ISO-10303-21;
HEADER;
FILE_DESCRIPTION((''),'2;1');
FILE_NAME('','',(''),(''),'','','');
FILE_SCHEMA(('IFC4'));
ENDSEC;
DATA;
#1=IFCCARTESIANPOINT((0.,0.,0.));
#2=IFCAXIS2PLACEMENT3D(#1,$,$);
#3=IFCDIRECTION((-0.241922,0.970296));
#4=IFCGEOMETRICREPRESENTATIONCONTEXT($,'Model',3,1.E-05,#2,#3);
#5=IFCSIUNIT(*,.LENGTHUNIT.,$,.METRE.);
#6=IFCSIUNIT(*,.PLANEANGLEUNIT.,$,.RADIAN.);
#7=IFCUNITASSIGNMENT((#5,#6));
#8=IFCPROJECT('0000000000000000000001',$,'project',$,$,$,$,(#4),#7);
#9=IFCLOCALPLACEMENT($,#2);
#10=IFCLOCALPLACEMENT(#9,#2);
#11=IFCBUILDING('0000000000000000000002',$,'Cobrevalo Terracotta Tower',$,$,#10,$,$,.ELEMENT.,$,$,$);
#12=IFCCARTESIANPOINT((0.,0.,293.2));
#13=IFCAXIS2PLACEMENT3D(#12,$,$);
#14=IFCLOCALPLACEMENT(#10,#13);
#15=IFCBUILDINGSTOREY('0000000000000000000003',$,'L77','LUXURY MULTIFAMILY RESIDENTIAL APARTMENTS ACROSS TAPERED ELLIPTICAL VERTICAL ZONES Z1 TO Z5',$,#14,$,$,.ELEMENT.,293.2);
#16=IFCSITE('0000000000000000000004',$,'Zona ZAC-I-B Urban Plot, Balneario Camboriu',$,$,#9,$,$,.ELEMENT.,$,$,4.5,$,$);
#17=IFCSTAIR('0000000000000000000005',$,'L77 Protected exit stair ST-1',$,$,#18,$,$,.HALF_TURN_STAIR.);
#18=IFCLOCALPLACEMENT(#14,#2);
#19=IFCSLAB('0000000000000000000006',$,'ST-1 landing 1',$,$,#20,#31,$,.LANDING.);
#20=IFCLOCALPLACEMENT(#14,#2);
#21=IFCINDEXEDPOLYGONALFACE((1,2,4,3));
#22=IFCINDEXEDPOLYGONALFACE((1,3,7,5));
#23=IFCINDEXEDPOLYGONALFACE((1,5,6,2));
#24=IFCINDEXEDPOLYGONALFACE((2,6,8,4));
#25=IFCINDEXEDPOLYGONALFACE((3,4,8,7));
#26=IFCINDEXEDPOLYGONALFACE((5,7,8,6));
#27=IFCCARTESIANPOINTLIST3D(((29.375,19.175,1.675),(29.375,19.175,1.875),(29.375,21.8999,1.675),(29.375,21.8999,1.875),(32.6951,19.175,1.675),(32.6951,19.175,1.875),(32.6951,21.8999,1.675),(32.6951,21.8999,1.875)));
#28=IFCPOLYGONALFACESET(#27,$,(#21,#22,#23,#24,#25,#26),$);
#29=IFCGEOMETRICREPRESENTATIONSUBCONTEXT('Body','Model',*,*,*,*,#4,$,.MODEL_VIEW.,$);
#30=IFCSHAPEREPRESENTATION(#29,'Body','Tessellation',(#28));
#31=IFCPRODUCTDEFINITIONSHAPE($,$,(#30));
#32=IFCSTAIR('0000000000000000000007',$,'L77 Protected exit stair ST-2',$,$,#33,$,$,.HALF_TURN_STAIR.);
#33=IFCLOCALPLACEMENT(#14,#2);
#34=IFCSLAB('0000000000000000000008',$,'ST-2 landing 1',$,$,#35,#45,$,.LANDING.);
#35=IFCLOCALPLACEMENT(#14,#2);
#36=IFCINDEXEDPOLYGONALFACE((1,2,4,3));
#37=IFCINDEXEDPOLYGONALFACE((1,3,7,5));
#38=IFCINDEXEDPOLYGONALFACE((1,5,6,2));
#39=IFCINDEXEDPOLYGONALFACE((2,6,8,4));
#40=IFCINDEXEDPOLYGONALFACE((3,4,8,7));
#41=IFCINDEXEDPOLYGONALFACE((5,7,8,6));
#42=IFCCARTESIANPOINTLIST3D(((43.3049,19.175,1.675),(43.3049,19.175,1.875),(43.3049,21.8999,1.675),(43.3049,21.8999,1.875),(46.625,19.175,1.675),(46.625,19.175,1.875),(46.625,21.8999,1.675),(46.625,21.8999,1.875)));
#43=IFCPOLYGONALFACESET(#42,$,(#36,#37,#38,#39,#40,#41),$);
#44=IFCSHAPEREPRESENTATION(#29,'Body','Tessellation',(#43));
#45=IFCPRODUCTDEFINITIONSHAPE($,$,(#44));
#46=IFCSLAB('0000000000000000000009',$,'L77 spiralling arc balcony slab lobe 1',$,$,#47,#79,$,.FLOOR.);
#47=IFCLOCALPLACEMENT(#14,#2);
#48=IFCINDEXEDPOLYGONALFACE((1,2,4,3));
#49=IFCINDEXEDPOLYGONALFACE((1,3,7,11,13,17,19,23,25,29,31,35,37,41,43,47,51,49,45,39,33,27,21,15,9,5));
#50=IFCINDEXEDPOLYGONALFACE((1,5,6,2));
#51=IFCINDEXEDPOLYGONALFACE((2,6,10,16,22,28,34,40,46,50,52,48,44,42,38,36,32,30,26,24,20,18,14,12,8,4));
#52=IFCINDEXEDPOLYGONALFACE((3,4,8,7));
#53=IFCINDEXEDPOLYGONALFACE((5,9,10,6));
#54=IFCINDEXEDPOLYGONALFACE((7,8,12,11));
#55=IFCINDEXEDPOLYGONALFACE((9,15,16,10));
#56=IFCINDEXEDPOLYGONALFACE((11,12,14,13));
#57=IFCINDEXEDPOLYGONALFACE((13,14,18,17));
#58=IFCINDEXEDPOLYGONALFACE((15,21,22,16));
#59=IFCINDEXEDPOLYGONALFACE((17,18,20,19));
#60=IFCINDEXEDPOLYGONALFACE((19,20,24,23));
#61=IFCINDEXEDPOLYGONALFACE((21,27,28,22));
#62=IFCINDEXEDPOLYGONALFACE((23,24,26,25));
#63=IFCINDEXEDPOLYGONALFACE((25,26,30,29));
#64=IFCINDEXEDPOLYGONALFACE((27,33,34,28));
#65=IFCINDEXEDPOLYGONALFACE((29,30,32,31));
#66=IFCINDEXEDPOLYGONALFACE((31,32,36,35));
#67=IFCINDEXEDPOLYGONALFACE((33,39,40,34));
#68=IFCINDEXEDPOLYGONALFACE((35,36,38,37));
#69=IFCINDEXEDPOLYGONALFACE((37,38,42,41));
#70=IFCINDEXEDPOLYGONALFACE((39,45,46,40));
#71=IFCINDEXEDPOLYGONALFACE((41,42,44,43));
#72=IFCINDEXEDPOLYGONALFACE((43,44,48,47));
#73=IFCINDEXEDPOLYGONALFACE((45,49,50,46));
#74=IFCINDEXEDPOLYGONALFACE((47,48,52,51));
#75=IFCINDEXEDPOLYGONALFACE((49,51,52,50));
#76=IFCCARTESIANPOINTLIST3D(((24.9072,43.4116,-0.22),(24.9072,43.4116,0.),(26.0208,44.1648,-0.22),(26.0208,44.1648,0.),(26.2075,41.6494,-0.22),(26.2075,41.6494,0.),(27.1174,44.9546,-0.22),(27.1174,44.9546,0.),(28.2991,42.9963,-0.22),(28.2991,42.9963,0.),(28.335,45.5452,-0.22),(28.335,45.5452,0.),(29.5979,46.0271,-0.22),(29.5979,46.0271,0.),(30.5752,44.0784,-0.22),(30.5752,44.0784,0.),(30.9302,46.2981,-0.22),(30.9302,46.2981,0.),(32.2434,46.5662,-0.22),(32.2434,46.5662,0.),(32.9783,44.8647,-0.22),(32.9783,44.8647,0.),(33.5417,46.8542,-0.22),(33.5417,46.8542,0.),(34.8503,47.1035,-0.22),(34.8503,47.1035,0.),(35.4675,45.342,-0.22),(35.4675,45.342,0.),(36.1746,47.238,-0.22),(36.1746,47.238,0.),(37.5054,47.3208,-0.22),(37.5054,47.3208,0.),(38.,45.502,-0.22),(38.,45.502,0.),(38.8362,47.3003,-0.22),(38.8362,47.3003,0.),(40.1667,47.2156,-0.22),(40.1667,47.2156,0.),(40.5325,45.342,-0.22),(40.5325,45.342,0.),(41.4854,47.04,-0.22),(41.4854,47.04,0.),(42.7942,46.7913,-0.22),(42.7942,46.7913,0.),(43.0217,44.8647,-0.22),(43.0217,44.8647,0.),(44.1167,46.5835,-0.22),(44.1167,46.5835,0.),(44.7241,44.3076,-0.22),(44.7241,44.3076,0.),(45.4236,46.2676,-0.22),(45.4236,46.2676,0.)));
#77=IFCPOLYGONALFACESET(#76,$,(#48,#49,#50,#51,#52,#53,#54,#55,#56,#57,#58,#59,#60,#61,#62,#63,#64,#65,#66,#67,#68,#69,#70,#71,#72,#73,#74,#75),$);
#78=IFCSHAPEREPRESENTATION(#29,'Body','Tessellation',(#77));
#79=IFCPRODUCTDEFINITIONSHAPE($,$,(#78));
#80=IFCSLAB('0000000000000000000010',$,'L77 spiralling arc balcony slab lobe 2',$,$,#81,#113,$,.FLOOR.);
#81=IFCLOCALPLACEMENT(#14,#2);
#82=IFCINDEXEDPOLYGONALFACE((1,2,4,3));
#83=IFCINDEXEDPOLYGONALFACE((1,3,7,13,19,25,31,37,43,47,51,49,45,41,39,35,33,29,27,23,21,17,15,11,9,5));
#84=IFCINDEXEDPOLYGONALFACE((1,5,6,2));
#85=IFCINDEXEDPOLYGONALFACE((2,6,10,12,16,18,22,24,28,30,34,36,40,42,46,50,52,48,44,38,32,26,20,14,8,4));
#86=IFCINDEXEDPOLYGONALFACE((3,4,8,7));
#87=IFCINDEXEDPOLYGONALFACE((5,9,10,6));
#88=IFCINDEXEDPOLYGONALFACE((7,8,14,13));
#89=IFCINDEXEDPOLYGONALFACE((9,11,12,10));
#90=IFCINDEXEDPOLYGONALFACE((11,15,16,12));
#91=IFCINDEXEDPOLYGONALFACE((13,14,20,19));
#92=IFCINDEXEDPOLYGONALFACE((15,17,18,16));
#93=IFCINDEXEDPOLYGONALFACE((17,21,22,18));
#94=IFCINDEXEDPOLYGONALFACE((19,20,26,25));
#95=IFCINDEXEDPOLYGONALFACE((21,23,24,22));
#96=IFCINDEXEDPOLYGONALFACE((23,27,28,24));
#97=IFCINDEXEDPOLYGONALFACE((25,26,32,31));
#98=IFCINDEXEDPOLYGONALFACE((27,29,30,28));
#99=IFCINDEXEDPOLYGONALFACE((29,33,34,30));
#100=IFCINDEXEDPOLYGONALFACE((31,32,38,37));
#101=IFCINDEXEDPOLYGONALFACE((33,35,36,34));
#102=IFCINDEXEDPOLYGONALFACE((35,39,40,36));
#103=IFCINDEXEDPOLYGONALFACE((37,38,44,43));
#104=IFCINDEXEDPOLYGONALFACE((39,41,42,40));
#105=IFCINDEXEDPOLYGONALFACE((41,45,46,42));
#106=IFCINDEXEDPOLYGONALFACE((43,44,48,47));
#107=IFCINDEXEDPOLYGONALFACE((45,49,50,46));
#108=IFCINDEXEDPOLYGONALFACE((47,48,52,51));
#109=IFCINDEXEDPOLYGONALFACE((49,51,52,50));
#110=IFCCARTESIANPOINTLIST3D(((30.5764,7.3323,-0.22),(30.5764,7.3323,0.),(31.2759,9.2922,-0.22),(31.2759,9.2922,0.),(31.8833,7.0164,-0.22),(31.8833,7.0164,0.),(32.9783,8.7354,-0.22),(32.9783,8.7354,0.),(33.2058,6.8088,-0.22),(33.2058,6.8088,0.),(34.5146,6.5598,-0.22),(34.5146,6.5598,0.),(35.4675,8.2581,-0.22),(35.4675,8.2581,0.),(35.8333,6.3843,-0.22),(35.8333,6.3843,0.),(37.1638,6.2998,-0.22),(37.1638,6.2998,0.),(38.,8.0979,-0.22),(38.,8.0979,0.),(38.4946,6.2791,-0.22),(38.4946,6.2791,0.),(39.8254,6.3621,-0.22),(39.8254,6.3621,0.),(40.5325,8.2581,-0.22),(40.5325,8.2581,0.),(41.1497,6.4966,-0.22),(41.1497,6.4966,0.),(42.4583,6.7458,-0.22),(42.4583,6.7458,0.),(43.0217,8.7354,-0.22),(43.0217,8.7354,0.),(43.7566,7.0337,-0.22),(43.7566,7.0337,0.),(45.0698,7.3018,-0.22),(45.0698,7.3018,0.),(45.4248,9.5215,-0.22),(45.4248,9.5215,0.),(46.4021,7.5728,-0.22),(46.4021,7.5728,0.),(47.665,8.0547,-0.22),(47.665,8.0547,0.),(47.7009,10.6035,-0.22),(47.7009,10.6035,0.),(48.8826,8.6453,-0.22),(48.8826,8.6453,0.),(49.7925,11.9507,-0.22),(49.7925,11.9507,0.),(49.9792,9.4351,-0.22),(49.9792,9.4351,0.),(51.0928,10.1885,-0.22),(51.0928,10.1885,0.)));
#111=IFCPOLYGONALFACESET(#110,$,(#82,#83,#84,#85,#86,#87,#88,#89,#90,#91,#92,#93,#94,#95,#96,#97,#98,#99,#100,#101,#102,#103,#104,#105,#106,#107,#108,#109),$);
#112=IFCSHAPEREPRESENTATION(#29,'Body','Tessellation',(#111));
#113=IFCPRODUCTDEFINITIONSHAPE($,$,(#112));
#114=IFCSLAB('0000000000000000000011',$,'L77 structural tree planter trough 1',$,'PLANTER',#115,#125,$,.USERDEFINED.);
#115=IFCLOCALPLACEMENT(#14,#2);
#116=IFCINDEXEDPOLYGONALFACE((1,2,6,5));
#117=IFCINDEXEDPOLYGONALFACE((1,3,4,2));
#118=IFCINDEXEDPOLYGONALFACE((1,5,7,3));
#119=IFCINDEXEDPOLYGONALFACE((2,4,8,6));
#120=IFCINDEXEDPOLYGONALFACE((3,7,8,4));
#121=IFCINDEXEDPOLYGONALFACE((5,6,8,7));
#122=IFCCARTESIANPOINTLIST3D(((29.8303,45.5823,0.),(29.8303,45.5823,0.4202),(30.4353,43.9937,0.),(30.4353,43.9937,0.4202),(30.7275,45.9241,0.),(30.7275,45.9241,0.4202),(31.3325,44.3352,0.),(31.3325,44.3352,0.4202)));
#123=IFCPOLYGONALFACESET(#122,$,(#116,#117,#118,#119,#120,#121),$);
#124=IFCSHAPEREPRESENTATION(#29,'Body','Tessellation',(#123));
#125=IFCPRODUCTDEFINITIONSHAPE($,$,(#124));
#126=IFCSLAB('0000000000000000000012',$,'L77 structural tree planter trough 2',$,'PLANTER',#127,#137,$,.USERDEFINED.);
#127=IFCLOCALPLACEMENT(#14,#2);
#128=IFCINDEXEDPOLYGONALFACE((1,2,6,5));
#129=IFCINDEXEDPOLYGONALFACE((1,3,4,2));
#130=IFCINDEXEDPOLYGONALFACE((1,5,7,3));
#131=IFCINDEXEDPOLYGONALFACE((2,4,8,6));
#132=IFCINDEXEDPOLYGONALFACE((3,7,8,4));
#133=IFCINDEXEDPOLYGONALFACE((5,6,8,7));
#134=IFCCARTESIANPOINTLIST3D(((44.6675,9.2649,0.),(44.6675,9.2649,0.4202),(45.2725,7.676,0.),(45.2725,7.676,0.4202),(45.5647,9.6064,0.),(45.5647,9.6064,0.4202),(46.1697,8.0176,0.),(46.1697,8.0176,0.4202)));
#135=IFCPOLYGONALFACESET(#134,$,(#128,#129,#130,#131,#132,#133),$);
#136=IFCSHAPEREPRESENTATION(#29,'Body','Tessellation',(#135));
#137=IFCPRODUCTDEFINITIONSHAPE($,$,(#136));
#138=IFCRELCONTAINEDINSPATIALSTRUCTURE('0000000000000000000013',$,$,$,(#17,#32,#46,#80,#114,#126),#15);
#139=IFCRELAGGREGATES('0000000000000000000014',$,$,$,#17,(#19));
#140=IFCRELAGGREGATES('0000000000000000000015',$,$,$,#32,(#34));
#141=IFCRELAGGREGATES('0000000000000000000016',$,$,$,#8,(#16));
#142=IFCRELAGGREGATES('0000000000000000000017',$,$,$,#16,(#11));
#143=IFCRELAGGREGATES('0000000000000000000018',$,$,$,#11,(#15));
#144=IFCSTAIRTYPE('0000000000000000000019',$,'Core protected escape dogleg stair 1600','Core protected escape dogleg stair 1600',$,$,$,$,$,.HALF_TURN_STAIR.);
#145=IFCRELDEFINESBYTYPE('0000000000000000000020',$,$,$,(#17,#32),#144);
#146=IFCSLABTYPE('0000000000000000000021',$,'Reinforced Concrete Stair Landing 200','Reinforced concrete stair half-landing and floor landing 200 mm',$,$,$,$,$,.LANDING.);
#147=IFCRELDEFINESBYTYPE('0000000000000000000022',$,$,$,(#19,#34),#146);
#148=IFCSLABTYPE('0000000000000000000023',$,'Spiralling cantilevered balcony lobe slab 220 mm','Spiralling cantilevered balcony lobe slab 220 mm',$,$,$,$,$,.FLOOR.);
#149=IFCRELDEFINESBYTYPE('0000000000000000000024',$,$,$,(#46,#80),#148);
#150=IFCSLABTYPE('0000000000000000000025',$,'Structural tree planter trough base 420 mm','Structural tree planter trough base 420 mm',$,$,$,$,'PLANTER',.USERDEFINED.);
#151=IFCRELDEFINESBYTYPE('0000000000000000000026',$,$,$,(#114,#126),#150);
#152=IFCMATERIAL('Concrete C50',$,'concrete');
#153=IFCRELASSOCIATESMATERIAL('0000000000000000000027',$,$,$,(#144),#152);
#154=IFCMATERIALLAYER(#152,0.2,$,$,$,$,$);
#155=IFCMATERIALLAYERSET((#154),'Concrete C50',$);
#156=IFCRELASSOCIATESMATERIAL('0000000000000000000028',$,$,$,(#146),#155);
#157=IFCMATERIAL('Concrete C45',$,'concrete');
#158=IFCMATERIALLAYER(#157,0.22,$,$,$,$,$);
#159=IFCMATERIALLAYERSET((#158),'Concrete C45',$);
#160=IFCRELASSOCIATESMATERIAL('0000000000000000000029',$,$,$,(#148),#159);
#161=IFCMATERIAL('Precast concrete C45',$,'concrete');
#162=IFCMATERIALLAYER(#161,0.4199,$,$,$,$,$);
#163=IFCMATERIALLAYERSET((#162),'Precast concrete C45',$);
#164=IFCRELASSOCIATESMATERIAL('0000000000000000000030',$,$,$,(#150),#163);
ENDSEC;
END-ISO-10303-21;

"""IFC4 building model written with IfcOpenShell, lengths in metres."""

from ifc_helpers import new_model, si_unit, direction, frame, origin, place, context, subcontext, project, spatial, polyline, outline, extrude, material, layer, layer_set, type_object, element, aggregate, save


model = new_model("IFC4")

# Units and contexts
model_context = context("Model", 3, precision=1e-05, world=origin(), true_north=direction((-0.241922, 0.970296)))
body_context = subcontext(model_context, "Body", "Model", "MODEL_VIEW")
ifc_project = project(units=[si_unit("LENGTHUNIT", "METRE"), si_unit("PLANEANGLEUNIT", "RADIAN")], contexts=[model_context])

# Site, building, storey
site_placement = place(None, origin())
site = spatial("IfcSite", under=ifc_project, at=site_placement, Name="Zona ZAC-I-B Urban Plot, Balneario Camboriu", CompositionType="ELEMENT", RefElevation=4.5)
building_placement = place(site_placement, origin())
building = spatial("IfcBuilding", under=site, at=building_placement, Name="Cobrevalo Terracotta Tower", CompositionType="ELEMENT")
storey_placement = place(building_placement, frame((0.0, 0.0, 293.2)))
storey = spatial("IfcBuildingStorey", under=building, at=storey_placement, Name="L77", Description="LUXURY MULTIFAMILY RESIDENTIAL APARTMENTS ACROSS TAPERED ELLIPTICAL VERTICAL ZONES Z1 TO Z5", CompositionType="ELEMENT", Elevation=293.2)

# Stairs, slabs
ifc_material_1 = material(Name="Concrete C50", Category="concrete")
stair_type = type_object("IfcStairType", Name="Core protected escape dogleg stair 1600", Description="Core protected escape dogleg stair 1600", PredefinedType="HALF_TURN_STAIR", material=ifc_material_1)
stair_1_placement = place(storey_placement, origin())
stair_1 = element("IfcStair", 1, at=stair_1_placement, inside=storey, type_object=stair_type, Name="L77 Protected exit stair ST-1", PredefinedType="HALF_TURN_STAIR")
ifc_layer_1 = layer(ifc_material_1, 0.2)
ifc_layer_set_1 = layer_set([ifc_layer_1], Name="Concrete C50")
slab_type_1 = type_object("IfcSlabType", Name="Reinforced Concrete Stair Landing 200", Description="Reinforced concrete stair half-landing and floor landing 200 mm", PredefinedType="LANDING", material=ifc_layer_set_1)
slab_1_placement = place(storey_placement, frame((0.0, 0.0, 1.675)))
slab_1 = element("IfcSlab", 2, at=slab_1_placement, type_object=slab_type_1, Name="ST-1 landing 1", PredefinedType="LANDING", context=body_context, shape_type="SweptSolid", body=[
    extrude(outline(polyline([(29.375, 21.8999), (29.375, 19.175), (32.6951, 19.175), (32.6951, 21.8999), (29.375, 21.8999)])), origin(), (0.0, 0.0, 1.0), 0.2),
])
aggregate(stair_1, [slab_1])
stair_2_placement = place(storey_placement, origin())
stair_2 = element("IfcStair", 3, at=stair_2_placement, inside=storey, type_object=stair_type, Name="L77 Protected exit stair ST-2", PredefinedType="HALF_TURN_STAIR")
slab_2_placement = place(storey_placement, frame((0.0, 0.0, 1.675)))
slab_2 = element("IfcSlab", 4, at=slab_2_placement, type_object=slab_type_1, Name="ST-2 landing 1", PredefinedType="LANDING", context=body_context, shape_type="SweptSolid", body=[
    extrude(outline(polyline([(43.3049, 21.8999), (43.3049, 19.175), (46.625, 19.175), (46.625, 21.8999), (43.3049, 21.8999)])), origin(), (0.0, 0.0, 1.0), 0.2),
])
aggregate(stair_2, [slab_2])

# Slabs
ifc_material_2 = material(Name="Concrete C45", Category="concrete")
ifc_layer_2 = layer(ifc_material_2, 0.22)
ifc_layer_set_2 = layer_set([ifc_layer_2], Name="Concrete C45")
slab_type_2 = type_object("IfcSlabType", Name="Spiralling cantilevered balcony lobe slab 220 mm", Description="Spiralling cantilevered balcony lobe slab 220 mm", PredefinedType="FLOOR", material=ifc_layer_set_2)
slab_3_placement = place(storey_placement, frame((0.0, 0.0, -0.22)))
element("IfcSlab", 5, at=slab_3_placement, inside=storey, type_object=slab_type_2, Name="L77 spiralling arc balcony slab lobe 1", PredefinedType="FLOOR", context=body_context, shape_type="SweptSolid", body=[
    extrude(outline(polyline([(45.4236, 46.2676), (44.1167, 46.5835), (42.7942, 46.7913), (41.4854, 47.04), (40.1667, 47.2156), (38.8362, 47.3003), (37.5054, 47.3208), (36.1746, 47.238), (34.8503, 47.1035), (33.5417, 46.8542), (32.2434, 46.5662), (30.9302, 46.2981), (29.5979, 46.0271), (28.335, 45.5452), (27.1174, 44.9546), (26.0208, 44.1648), (24.9072, 43.4116), (26.2075, 41.6494), (28.2991, 42.9963), (30.5752, 44.0784), (32.9783, 44.8647), (35.4675, 45.342), (38.0, 45.502), (40.5325, 45.342), (43.0217, 44.8647), (44.7241, 44.3076), (45.4236, 46.2676)])), origin(), (0.0, 0.0, 1.0), 0.22),
])
slab_4_placement = place(storey_placement, frame((0.0, 0.0, -0.22)))
element("IfcSlab", 6, at=slab_4_placement, inside=storey, type_object=slab_type_2, Name="L77 spiralling arc balcony slab lobe 2", PredefinedType="FLOOR", context=body_context, shape_type="SweptSolid", body=[
    extrude(outline(polyline([(30.5764, 7.3323), (31.8833, 7.0164), (33.2058, 6.8088), (34.5146, 6.5598), (35.8333, 6.3843), (37.1638, 6.2998), (38.4946, 6.2791), (39.8254, 6.3621), (41.1497, 6.4966), (42.4583, 6.7458), (43.7566, 7.0337), (45.0698, 7.3018), (46.4021, 7.5728), (47.665, 8.0547), (48.8826, 8.6453), (49.9792, 9.4351), (51.0928, 10.1885), (49.7925, 11.9507), (47.7009, 10.6035), (45.4248, 9.5215), (43.0217, 8.7354), (40.5325, 8.2581), (38.0, 8.0979), (35.4675, 8.2581), (32.9783, 8.7354), (31.2759, 9.2922), (30.5764, 7.3323)])), origin(), (0.0, 0.0, 1.0), 0.22),
])
ifc_material_3 = material(Name="Precast concrete C45", Category="concrete")
ifc_layer_3 = layer(ifc_material_3, 0.4199)
ifc_layer_set_3 = layer_set([ifc_layer_3], Name="Precast concrete C45")
slab_type_3 = type_object("IfcSlabType", Name="Structural tree planter trough base 420 mm", Description="Structural tree planter trough base 420 mm", ElementType="PLANTER", PredefinedType="USERDEFINED", material=ifc_layer_set_3)
slab_5_placement = place(storey_placement, origin())
element("IfcSlab", 7, at=slab_5_placement, inside=storey, type_object=slab_type_3, Name="L77 structural tree planter trough 1", ObjectType="PLANTER", PredefinedType="USERDEFINED", context=body_context, shape_type="SweptSolid", body=[
    extrude(outline(polyline([(31.3325, 44.3352), (30.7275, 45.9241), (29.8303, 45.5823), (30.4353, 43.9937), (31.3325, 44.3352)])), origin(), (0.0, 0.0, 1.0), 0.4202),
])
slab_6_placement = place(storey_placement, origin())
element("IfcSlab", 8, at=slab_6_placement, inside=storey, type_object=slab_type_3, Name="L77 structural tree planter trough 2", ObjectType="PLANTER", PredefinedType="USERDEFINED", context=body_context, shape_type="SweptSolid", body=[
    extrude(outline(polyline([(44.6675, 9.2649), (45.2725, 7.676), (46.1697, 8.0176), (45.5647, 9.6064), (44.6675, 9.2649)])), origin(), (0.0, 0.0, 1.0), 0.4202),
])

save(model, "model.ifc")
